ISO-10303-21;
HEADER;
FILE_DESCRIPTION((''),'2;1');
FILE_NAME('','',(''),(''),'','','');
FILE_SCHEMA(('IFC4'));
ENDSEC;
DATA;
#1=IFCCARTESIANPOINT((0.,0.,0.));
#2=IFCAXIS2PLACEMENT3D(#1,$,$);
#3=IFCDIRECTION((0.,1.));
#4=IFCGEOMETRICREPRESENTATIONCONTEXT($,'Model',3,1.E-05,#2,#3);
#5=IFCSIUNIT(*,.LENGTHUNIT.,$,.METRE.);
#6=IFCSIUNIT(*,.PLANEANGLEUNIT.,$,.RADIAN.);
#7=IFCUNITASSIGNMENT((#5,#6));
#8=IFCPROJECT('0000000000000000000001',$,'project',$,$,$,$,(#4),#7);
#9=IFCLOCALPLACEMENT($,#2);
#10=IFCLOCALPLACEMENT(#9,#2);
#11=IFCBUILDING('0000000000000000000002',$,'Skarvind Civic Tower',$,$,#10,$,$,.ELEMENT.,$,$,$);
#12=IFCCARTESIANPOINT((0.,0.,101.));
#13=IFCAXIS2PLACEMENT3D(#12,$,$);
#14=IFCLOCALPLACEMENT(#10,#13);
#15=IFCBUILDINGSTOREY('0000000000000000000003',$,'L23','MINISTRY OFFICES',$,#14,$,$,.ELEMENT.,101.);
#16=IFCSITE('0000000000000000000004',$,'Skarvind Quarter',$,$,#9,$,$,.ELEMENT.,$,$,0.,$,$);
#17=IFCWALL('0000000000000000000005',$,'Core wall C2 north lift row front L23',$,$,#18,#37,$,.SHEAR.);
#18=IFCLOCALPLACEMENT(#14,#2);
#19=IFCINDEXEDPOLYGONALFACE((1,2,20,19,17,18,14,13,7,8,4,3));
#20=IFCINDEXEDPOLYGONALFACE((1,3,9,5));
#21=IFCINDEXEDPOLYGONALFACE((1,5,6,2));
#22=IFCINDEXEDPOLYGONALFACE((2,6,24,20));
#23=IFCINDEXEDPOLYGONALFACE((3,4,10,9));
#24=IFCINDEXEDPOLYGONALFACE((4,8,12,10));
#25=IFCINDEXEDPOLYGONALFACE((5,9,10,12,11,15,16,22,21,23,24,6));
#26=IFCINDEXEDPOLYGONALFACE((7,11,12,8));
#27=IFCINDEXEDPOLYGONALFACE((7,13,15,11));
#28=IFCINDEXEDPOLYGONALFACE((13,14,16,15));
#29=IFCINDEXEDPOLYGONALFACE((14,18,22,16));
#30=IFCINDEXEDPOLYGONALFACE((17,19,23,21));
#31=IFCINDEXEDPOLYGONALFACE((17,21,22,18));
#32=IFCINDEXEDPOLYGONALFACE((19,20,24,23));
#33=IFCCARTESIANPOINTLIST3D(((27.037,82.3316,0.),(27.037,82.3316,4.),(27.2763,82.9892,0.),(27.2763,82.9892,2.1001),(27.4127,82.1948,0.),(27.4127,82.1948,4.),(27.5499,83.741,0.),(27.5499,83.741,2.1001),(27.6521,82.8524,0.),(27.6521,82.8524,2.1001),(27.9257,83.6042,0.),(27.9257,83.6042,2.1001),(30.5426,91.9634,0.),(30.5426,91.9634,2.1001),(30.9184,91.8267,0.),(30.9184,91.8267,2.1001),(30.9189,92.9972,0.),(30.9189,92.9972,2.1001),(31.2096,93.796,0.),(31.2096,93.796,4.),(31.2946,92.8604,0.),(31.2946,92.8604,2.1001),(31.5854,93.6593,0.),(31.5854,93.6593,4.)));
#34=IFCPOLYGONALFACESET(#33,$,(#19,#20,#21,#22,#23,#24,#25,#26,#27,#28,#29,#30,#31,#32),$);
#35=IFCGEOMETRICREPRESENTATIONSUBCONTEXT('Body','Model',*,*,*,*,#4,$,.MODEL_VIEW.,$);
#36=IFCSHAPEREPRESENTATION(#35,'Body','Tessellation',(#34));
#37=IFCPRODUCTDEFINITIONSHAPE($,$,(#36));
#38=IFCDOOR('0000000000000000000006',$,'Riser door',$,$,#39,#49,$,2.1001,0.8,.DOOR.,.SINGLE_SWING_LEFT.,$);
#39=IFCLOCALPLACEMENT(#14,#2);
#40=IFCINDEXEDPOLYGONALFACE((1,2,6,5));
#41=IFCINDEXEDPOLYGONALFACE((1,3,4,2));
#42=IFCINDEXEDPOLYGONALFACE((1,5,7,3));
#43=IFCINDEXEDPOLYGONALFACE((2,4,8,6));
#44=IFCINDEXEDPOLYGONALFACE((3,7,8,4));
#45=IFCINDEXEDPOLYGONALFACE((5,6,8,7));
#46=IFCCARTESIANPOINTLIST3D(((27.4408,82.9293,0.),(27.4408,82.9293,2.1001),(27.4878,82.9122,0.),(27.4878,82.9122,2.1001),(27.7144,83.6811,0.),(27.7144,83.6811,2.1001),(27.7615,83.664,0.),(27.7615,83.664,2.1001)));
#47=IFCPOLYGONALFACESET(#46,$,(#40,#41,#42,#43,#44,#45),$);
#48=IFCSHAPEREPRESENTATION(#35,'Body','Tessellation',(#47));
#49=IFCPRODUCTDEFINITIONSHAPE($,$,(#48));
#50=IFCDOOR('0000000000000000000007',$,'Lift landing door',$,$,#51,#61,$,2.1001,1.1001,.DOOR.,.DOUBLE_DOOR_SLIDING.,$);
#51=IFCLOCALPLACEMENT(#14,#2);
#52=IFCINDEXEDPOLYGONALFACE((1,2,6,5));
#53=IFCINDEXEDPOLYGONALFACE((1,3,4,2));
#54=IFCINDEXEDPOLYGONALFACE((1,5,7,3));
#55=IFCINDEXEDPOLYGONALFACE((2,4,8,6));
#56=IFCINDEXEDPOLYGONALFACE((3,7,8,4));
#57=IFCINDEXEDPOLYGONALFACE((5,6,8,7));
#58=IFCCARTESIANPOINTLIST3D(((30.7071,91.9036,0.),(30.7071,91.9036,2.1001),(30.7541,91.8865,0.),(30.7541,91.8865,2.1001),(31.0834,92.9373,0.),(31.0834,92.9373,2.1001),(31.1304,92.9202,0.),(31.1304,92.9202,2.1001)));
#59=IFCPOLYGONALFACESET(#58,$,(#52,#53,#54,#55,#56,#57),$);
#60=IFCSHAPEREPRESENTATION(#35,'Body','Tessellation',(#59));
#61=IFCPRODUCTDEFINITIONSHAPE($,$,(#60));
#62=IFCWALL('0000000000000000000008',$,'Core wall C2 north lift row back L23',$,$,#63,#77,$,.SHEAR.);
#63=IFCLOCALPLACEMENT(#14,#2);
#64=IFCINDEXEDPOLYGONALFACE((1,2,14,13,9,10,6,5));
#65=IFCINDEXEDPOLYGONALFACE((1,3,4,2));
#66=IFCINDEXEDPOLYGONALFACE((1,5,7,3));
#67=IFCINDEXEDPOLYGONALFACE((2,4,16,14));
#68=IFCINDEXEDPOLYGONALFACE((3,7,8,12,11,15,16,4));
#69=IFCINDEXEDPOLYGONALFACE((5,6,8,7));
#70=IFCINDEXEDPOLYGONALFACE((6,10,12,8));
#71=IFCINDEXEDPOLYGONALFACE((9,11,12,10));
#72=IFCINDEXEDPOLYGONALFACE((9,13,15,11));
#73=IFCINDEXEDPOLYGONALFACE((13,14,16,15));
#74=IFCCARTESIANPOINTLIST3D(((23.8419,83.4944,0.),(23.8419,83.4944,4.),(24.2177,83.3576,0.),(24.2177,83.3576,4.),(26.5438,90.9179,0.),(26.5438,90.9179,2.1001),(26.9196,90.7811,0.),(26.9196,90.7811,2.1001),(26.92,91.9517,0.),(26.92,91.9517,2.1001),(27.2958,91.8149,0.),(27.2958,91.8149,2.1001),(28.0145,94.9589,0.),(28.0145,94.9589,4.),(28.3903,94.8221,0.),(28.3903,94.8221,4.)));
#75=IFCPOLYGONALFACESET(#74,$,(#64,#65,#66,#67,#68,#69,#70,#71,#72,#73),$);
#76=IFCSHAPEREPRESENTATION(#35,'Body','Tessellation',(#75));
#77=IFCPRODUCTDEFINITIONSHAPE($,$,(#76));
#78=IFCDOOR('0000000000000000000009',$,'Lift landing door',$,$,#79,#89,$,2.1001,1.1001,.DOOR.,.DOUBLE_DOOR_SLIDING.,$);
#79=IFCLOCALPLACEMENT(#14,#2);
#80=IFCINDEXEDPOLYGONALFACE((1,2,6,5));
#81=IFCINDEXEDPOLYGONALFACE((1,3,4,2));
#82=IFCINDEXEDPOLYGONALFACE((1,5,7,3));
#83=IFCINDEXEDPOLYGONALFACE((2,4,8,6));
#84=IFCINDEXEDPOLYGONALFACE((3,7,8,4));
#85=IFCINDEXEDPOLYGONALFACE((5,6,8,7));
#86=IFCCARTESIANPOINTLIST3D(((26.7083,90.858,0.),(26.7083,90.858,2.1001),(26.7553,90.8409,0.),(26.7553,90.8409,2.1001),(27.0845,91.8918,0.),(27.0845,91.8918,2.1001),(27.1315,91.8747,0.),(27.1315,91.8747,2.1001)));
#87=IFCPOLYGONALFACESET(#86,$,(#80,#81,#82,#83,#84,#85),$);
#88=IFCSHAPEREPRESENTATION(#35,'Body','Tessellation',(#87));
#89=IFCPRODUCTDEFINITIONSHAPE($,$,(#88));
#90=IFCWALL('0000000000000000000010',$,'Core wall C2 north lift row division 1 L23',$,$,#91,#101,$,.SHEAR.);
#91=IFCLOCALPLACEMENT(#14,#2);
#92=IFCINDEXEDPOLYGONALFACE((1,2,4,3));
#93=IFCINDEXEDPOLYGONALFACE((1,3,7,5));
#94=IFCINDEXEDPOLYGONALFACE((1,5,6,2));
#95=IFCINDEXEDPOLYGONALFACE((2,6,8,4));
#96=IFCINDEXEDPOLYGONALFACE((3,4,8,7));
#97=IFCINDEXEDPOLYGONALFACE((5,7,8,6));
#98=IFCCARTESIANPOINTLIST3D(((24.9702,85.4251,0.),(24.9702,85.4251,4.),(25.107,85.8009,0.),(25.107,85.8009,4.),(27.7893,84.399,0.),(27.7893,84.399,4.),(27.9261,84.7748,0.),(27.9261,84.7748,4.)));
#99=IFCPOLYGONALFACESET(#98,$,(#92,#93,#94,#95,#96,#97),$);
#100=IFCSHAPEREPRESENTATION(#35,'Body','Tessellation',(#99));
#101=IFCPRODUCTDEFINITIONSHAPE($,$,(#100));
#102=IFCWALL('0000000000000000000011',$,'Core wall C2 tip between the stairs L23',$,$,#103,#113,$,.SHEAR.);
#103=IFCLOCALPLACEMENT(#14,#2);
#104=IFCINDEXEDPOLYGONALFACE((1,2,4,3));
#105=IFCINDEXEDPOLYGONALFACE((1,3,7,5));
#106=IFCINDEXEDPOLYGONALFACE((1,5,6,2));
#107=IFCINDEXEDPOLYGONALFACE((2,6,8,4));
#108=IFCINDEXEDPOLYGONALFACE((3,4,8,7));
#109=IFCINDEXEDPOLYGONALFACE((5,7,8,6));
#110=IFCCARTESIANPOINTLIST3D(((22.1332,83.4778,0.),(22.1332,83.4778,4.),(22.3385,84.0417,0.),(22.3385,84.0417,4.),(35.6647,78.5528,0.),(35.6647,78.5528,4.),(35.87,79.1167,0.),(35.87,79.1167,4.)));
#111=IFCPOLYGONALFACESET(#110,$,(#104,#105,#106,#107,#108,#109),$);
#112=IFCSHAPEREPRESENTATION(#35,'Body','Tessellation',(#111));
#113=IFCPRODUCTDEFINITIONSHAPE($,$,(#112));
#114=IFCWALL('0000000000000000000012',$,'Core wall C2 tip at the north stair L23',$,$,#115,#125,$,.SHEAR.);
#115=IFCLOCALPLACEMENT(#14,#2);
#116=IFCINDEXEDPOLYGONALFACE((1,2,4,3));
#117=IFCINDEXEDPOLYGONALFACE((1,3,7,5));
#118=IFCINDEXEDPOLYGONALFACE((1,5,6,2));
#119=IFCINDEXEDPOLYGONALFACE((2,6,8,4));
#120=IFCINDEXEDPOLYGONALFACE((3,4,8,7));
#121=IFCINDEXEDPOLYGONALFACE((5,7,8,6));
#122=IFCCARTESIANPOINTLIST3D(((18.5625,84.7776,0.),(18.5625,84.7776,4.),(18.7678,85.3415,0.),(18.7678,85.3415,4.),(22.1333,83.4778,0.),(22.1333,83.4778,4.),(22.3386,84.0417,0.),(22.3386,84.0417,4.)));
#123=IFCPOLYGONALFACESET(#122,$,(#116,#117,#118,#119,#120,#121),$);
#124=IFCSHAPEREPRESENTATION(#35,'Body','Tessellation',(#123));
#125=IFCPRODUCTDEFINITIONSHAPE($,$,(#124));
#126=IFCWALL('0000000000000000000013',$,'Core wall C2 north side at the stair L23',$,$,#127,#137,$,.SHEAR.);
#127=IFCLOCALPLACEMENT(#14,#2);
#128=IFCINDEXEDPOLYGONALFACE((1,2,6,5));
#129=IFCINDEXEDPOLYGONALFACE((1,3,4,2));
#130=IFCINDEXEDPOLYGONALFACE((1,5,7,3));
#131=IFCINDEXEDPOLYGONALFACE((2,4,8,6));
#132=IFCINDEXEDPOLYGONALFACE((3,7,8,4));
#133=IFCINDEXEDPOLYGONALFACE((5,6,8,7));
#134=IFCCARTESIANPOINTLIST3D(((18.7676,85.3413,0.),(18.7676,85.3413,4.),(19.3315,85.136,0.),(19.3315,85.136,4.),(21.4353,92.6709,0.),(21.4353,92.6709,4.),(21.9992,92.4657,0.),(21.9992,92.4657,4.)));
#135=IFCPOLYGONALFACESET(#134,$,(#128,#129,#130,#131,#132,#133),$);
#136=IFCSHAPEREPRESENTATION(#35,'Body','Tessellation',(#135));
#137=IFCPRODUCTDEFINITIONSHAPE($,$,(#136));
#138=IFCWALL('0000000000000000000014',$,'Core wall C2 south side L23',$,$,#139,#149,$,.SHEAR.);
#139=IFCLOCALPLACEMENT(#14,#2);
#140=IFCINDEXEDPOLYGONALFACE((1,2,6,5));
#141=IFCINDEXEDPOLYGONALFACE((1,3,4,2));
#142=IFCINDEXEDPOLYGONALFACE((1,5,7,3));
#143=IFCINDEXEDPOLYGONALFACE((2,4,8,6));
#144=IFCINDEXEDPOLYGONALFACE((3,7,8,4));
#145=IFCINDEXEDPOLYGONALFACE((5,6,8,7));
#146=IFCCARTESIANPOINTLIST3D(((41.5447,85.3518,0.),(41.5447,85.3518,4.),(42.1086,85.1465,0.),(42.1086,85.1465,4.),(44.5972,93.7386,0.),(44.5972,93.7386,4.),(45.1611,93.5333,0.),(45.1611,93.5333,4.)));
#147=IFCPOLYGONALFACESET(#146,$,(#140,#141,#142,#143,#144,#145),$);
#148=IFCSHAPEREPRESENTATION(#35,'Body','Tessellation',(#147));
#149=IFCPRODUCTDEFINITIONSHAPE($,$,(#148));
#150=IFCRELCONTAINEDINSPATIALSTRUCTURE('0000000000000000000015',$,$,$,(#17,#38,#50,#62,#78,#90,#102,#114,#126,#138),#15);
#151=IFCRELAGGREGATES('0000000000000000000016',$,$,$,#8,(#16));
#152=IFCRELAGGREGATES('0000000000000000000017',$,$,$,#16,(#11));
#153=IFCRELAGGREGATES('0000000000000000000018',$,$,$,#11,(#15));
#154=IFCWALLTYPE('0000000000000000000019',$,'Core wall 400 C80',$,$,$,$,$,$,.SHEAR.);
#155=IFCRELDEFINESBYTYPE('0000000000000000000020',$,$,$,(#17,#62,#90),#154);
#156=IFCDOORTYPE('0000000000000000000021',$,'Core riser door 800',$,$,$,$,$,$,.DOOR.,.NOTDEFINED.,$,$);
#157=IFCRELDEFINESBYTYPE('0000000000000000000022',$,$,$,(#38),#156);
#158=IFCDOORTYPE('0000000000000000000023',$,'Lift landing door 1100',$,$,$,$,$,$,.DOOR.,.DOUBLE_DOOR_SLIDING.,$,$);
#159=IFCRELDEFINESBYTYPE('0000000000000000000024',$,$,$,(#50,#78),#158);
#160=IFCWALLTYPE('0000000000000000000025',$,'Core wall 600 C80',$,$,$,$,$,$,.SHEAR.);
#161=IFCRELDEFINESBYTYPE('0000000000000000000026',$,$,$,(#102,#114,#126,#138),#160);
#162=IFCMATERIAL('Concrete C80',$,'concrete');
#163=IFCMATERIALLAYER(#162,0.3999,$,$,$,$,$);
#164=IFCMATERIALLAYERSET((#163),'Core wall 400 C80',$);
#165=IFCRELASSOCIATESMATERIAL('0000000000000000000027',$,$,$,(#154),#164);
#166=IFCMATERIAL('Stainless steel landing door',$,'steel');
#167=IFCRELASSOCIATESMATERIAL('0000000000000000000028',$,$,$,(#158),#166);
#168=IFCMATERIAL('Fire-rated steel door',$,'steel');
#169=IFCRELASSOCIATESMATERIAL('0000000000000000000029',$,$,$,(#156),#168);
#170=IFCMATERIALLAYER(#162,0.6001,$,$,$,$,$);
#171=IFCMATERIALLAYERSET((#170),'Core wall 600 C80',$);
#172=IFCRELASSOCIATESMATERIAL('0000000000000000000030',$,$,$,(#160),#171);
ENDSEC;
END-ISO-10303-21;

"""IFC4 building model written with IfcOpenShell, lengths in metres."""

from ifc_helpers import new_model, si_unit, direction, frame, frame_2d, origin, place, context, subcontext, project, spatial, rectangle, extrude, material, layer, layer_set, type_object, element, fill, save


model = new_model("IFC4")

# Units and contexts
model_context = context("Model", 3, precision=1e-05, world=origin(), true_north=direction((0.0, 1.0)))
body_context = subcontext(model_context, "Body", "Model", "MODEL_VIEW")
ifc_project = project(units=[si_unit("LENGTHUNIT", "METRE"), si_unit("PLANEANGLEUNIT", "RADIAN")], contexts=[model_context])

# Site, building, storey
site_placement = place(None, origin())
site = spatial("IfcSite", under=ifc_project, at=site_placement, Name="Skarvind Quarter", CompositionType="ELEMENT", RefElevation=0.0)
building_placement = place(site_placement, origin())
building = spatial("IfcBuilding", under=site, at=building_placement, Name="Skarvind Civic Tower", CompositionType="ELEMENT")
storey_placement = place(building_placement, frame((0.0, 0.0, 101.0)))
storey = spatial("IfcBuildingStorey", under=building, at=storey_placement, Name="L23", Description="MINISTRY OFFICES", CompositionType="ELEMENT", Elevation=101.0)

# Shared definitions
ifc_material_1 = material(Name="Concrete C80", Category="concrete")
ifc_layer_1 = layer(ifc_material_1, 0.3999)
ifc_layer_set_1 = layer_set([ifc_layer_1], Name="Core wall 400 C80")
wall_type_1 = type_object("IfcWallType", Name="Core wall 400 C80", PredefinedType="SHEAR", material=ifc_layer_set_1)

# Shared definitions
ifc_material_2 = material(Name="Fire-rated steel door", Category="steel")

# Shared definitions
ifc_material_3 = material(Name="Stainless steel landing door", Category="steel")
door_type_1 = type_object("IfcDoorType", Name="Lift landing door 1100", OperationType="DOUBLE_DOOR_SLIDING", PredefinedType="DOOR", material=ifc_material_3)

# Wall, openings, doors
wall_1_placement = place(storey_placement, frame((27.2249, 82.2632, 0.0), z_axis=(0.0, 0.0, 1.0), x_axis=(0.342015, 0.939695, 0.0)))
wall_1 = element("IfcWall", 1, at=wall_1_placement, inside=storey, type_object=wall_type_1, Name="Core wall C2 north lift row front L23", PredefinedType="SHEAR", context=body_context, shape_type="SweptSolid", body=[
    extrude(rectangle(XDim=12.2002, YDim=0.3999, at=frame_2d((6.1001, 0.0))), origin(), (0.0, 0.0, 1.0), 4.0),
])
opening_1_placement = place(wall_1_placement, frame((10.25, 0.0, 0.0)))
opening_1 = element("IfcOpeningElement", 2, at=opening_1_placement, cuts=wall_1, PredefinedType="OPENING", context=body_context, shape_type="SweptSolid", body=[
    extrude(rectangle(XDim=1.1001, YDim=2.1001, at=frame_2d((0.55, 1.05))), frame((0.0, 0.21, 0.0), z_axis=(0.0, -1.0, 0.0), x_axis=(1.0, 0.0, 0.0)), (0.0, 0.0, 1.0), 0.4199),
])
opening_2_placement = place(wall_1_placement, frame((0.7, 0.0, 0.0)))
opening_2 = element("IfcOpeningElement", 3, at=opening_2_placement, cuts=wall_1, PredefinedType="OPENING", context=body_context, shape_type="SweptSolid", body=[
    extrude(rectangle(XDim=0.8, YDim=2.1001, at=frame_2d((0.3999, 1.05))), frame((0.0, 0.21, 0.0), z_axis=(0.0, -1.0, 0.0), x_axis=(1.0, 0.0, 0.0)), (0.0, 0.0, 1.0), 0.4199),
])
door_type_2 = type_object("IfcDoorType", Name="Core riser door 800", OperationType="NOTDEFINED", PredefinedType="DOOR", material=ifc_material_2)
door_1_placement = place(opening_2_placement, origin())
door_1 = element("IfcDoor", 4, at=door_1_placement, inside=storey, type_object=door_type_2, Name="Riser door", OperationType="SINGLE_SWING_LEFT", OverallHeight=2.1001, OverallWidth=0.8, PredefinedType="DOOR", context=body_context, shape_type="SweptSolid", body=[
    extrude(rectangle(XDim=0.8, YDim=2.1001, at=frame_2d((0.3999, 1.05))), frame((0.0, 0.0249, 0.0), z_axis=(0.0, -1.0, 0.0), x_axis=(1.0, 0.0, 0.0)), (0.0, 0.0, 1.0), 0.05),
])
fill(opening_2, door_1)
door_2_placement = place(opening_1_placement, origin())
door_2 = element("IfcDoor", 5, at=door_2_placement, inside=storey, type_object=door_type_1, Name="Lift landing door", OperationType="DOUBLE_DOOR_SLIDING", OverallHeight=2.1001, OverallWidth=1.1001, PredefinedType="DOOR", context=body_context, shape_type="SweptSolid", body=[
    extrude(rectangle(XDim=1.1001, YDim=2.1001, at=frame_2d((0.55, 1.05))), frame((0.0, 0.0249, 0.0), z_axis=(0.0, -1.0, 0.0), x_axis=(1.0, 0.0, 0.0)), (0.0, 0.0, 1.0), 0.05),
])
fill(opening_1, door_2)

# Wall, opening, door
wall_2_placement = place(storey_placement, frame((24.0298, 83.426, 0.0), z_axis=(0.0, 0.0, 1.0), x_axis=(0.342015, 0.939695, 0.0)))
wall_2 = element("IfcWall", 6, at=wall_2_placement, inside=storey, type_object=wall_type_1, Name="Core wall C2 north lift row back L23", PredefinedType="SHEAR", context=body_context, shape_type="SweptSolid", body=[
    extrude(rectangle(XDim=12.2002, YDim=0.3999, at=frame_2d((6.1001, 0.0))), origin(), (0.0, 0.0, 1.0), 4.0),
])
opening_3_placement = place(wall_2_placement, frame((7.8999, 0.0, 0.0)))
opening_3 = element("IfcOpeningElement", 7, at=opening_3_placement, cuts=wall_2, PredefinedType="OPENING", context=body_context, shape_type="SweptSolid", body=[
    extrude(rectangle(XDim=1.1001, YDim=2.1001, at=frame_2d((0.55, 1.05))), frame((0.0, 0.21, 0.0), z_axis=(0.0, -1.0, 0.0), x_axis=(1.0, 0.0, 0.0)), (0.0, 0.0, 1.0), 0.4199),
])
door_3_placement = place(opening_3_placement, origin())
door_3 = element("IfcDoor", 8, at=door_3_placement, inside=storey, type_object=door_type_1, Name="Lift landing door", OperationType="DOUBLE_DOOR_SLIDING", OverallHeight=2.1001, OverallWidth=1.1001, PredefinedType="DOOR", context=body_context, shape_type="SweptSolid", body=[
    extrude(rectangle(XDim=1.1001, YDim=2.1001, at=frame_2d((0.55, 1.05))), frame((0.0, 0.0249, 0.0), z_axis=(0.0, -1.0, 0.0), x_axis=(1.0, 0.0, 0.0)), (0.0, 0.0, 1.0), 0.05),
])
fill(opening_3, door_3)

# Walls
wall_3_placement = place(storey_placement, frame((27.8577, 84.5869, 0.0), z_axis=(0.0, 0.0, 1.0), x_axis=(-0.939686, 0.342037, 0.0)))
element("IfcWall", 9, at=wall_3_placement, inside=storey, type_object=wall_type_1, Name="Core wall C2 north lift row division 1 L23", PredefinedType="SHEAR", context=body_context, shape_type="SweptSolid", body=[
    extrude(rectangle(XDim=3.0, YDim=0.3999, at=frame_2d((1.5, 0.0))), origin(), (0.0, 0.0, 1.0), 4.0),
])
ifc_layer_2 = layer(ifc_material_1, 0.6001)
ifc_layer_set_2 = layer_set([ifc_layer_2], Name="Core wall 600 C80")
wall_type_2 = type_object("IfcWallType", Name="Core wall 600 C80", PredefinedType="SHEAR", material=ifc_layer_set_2)
wall_4_placement = place(storey_placement, frame((35.7673, 78.8347, 0.0), z_axis=(0.0, 0.0, 1.0), x_axis=(-0.939693, 0.342019, 0.0)))
element("IfcWall", 10, at=wall_4_placement, inside=storey, type_object=wall_type_2, Name="Core wall C2 tip between the stairs L23", PredefinedType="SHEAR", context=body_context, shape_type="SweptSolid", body=[
    extrude(rectangle(XDim=14.3999, YDim=0.6001, at=frame_2d((7.2, 0.0))), origin(), (0.0, 0.0, 1.0), 4.0),
])
wall_5_placement = place(storey_placement, frame((22.2358, 83.7598, 0.0), z_axis=(0.0, 0.0, 1.0), x_axis=(-0.939681, 0.342053, 0.0)))
element("IfcWall", 11, at=wall_5_placement, inside=storey, type_object=wall_type_2, Name="Core wall C2 tip at the north stair L23", PredefinedType="SHEAR", context=body_context, shape_type="SweptSolid", body=[
    extrude(rectangle(XDim=3.8, YDim=0.6001, at=frame_2d((1.8999, 0.0))), origin(), (0.0, 0.0, 1.0), 4.0),
])
wall_6_placement = place(storey_placement, frame((19.0496, 85.2388, 0.0), z_axis=(0.0, 0.0, 1.0), x_axis=(0.342017, 0.939694, 0.0)))
element("IfcWall", 12, at=wall_6_placement, inside=storey, type_object=wall_type_2, Name="Core wall C2 north side at the stair L23", PredefinedType="SHEAR", context=body_context, shape_type="SweptSolid", body=[
    extrude(rectangle(XDim=7.8, YDim=0.6001, at=frame_2d((3.8999, 0.0))), origin(), (0.0, 0.0, 1.0), 4.0),
])
wall_7_placement = place(storey_placement, frame((41.8267, 85.2493, 0.0), z_axis=(0.0, 0.0, 1.0), x_axis=(0.342018, 0.939694, 0.0)))
element("IfcWall", 13, at=wall_7_placement, inside=storey, type_object=wall_type_2, Name="Core wall C2 south side L23", PredefinedType="SHEAR", context=body_context, shape_type="SweptSolid", body=[
    extrude(rectangle(XDim=8.925, YDim=0.6001, at=frame_2d((4.4624, 0.0))), origin(), (0.0, 0.0, 1.0), 4.0),
])

save(model, "model.ifc")
